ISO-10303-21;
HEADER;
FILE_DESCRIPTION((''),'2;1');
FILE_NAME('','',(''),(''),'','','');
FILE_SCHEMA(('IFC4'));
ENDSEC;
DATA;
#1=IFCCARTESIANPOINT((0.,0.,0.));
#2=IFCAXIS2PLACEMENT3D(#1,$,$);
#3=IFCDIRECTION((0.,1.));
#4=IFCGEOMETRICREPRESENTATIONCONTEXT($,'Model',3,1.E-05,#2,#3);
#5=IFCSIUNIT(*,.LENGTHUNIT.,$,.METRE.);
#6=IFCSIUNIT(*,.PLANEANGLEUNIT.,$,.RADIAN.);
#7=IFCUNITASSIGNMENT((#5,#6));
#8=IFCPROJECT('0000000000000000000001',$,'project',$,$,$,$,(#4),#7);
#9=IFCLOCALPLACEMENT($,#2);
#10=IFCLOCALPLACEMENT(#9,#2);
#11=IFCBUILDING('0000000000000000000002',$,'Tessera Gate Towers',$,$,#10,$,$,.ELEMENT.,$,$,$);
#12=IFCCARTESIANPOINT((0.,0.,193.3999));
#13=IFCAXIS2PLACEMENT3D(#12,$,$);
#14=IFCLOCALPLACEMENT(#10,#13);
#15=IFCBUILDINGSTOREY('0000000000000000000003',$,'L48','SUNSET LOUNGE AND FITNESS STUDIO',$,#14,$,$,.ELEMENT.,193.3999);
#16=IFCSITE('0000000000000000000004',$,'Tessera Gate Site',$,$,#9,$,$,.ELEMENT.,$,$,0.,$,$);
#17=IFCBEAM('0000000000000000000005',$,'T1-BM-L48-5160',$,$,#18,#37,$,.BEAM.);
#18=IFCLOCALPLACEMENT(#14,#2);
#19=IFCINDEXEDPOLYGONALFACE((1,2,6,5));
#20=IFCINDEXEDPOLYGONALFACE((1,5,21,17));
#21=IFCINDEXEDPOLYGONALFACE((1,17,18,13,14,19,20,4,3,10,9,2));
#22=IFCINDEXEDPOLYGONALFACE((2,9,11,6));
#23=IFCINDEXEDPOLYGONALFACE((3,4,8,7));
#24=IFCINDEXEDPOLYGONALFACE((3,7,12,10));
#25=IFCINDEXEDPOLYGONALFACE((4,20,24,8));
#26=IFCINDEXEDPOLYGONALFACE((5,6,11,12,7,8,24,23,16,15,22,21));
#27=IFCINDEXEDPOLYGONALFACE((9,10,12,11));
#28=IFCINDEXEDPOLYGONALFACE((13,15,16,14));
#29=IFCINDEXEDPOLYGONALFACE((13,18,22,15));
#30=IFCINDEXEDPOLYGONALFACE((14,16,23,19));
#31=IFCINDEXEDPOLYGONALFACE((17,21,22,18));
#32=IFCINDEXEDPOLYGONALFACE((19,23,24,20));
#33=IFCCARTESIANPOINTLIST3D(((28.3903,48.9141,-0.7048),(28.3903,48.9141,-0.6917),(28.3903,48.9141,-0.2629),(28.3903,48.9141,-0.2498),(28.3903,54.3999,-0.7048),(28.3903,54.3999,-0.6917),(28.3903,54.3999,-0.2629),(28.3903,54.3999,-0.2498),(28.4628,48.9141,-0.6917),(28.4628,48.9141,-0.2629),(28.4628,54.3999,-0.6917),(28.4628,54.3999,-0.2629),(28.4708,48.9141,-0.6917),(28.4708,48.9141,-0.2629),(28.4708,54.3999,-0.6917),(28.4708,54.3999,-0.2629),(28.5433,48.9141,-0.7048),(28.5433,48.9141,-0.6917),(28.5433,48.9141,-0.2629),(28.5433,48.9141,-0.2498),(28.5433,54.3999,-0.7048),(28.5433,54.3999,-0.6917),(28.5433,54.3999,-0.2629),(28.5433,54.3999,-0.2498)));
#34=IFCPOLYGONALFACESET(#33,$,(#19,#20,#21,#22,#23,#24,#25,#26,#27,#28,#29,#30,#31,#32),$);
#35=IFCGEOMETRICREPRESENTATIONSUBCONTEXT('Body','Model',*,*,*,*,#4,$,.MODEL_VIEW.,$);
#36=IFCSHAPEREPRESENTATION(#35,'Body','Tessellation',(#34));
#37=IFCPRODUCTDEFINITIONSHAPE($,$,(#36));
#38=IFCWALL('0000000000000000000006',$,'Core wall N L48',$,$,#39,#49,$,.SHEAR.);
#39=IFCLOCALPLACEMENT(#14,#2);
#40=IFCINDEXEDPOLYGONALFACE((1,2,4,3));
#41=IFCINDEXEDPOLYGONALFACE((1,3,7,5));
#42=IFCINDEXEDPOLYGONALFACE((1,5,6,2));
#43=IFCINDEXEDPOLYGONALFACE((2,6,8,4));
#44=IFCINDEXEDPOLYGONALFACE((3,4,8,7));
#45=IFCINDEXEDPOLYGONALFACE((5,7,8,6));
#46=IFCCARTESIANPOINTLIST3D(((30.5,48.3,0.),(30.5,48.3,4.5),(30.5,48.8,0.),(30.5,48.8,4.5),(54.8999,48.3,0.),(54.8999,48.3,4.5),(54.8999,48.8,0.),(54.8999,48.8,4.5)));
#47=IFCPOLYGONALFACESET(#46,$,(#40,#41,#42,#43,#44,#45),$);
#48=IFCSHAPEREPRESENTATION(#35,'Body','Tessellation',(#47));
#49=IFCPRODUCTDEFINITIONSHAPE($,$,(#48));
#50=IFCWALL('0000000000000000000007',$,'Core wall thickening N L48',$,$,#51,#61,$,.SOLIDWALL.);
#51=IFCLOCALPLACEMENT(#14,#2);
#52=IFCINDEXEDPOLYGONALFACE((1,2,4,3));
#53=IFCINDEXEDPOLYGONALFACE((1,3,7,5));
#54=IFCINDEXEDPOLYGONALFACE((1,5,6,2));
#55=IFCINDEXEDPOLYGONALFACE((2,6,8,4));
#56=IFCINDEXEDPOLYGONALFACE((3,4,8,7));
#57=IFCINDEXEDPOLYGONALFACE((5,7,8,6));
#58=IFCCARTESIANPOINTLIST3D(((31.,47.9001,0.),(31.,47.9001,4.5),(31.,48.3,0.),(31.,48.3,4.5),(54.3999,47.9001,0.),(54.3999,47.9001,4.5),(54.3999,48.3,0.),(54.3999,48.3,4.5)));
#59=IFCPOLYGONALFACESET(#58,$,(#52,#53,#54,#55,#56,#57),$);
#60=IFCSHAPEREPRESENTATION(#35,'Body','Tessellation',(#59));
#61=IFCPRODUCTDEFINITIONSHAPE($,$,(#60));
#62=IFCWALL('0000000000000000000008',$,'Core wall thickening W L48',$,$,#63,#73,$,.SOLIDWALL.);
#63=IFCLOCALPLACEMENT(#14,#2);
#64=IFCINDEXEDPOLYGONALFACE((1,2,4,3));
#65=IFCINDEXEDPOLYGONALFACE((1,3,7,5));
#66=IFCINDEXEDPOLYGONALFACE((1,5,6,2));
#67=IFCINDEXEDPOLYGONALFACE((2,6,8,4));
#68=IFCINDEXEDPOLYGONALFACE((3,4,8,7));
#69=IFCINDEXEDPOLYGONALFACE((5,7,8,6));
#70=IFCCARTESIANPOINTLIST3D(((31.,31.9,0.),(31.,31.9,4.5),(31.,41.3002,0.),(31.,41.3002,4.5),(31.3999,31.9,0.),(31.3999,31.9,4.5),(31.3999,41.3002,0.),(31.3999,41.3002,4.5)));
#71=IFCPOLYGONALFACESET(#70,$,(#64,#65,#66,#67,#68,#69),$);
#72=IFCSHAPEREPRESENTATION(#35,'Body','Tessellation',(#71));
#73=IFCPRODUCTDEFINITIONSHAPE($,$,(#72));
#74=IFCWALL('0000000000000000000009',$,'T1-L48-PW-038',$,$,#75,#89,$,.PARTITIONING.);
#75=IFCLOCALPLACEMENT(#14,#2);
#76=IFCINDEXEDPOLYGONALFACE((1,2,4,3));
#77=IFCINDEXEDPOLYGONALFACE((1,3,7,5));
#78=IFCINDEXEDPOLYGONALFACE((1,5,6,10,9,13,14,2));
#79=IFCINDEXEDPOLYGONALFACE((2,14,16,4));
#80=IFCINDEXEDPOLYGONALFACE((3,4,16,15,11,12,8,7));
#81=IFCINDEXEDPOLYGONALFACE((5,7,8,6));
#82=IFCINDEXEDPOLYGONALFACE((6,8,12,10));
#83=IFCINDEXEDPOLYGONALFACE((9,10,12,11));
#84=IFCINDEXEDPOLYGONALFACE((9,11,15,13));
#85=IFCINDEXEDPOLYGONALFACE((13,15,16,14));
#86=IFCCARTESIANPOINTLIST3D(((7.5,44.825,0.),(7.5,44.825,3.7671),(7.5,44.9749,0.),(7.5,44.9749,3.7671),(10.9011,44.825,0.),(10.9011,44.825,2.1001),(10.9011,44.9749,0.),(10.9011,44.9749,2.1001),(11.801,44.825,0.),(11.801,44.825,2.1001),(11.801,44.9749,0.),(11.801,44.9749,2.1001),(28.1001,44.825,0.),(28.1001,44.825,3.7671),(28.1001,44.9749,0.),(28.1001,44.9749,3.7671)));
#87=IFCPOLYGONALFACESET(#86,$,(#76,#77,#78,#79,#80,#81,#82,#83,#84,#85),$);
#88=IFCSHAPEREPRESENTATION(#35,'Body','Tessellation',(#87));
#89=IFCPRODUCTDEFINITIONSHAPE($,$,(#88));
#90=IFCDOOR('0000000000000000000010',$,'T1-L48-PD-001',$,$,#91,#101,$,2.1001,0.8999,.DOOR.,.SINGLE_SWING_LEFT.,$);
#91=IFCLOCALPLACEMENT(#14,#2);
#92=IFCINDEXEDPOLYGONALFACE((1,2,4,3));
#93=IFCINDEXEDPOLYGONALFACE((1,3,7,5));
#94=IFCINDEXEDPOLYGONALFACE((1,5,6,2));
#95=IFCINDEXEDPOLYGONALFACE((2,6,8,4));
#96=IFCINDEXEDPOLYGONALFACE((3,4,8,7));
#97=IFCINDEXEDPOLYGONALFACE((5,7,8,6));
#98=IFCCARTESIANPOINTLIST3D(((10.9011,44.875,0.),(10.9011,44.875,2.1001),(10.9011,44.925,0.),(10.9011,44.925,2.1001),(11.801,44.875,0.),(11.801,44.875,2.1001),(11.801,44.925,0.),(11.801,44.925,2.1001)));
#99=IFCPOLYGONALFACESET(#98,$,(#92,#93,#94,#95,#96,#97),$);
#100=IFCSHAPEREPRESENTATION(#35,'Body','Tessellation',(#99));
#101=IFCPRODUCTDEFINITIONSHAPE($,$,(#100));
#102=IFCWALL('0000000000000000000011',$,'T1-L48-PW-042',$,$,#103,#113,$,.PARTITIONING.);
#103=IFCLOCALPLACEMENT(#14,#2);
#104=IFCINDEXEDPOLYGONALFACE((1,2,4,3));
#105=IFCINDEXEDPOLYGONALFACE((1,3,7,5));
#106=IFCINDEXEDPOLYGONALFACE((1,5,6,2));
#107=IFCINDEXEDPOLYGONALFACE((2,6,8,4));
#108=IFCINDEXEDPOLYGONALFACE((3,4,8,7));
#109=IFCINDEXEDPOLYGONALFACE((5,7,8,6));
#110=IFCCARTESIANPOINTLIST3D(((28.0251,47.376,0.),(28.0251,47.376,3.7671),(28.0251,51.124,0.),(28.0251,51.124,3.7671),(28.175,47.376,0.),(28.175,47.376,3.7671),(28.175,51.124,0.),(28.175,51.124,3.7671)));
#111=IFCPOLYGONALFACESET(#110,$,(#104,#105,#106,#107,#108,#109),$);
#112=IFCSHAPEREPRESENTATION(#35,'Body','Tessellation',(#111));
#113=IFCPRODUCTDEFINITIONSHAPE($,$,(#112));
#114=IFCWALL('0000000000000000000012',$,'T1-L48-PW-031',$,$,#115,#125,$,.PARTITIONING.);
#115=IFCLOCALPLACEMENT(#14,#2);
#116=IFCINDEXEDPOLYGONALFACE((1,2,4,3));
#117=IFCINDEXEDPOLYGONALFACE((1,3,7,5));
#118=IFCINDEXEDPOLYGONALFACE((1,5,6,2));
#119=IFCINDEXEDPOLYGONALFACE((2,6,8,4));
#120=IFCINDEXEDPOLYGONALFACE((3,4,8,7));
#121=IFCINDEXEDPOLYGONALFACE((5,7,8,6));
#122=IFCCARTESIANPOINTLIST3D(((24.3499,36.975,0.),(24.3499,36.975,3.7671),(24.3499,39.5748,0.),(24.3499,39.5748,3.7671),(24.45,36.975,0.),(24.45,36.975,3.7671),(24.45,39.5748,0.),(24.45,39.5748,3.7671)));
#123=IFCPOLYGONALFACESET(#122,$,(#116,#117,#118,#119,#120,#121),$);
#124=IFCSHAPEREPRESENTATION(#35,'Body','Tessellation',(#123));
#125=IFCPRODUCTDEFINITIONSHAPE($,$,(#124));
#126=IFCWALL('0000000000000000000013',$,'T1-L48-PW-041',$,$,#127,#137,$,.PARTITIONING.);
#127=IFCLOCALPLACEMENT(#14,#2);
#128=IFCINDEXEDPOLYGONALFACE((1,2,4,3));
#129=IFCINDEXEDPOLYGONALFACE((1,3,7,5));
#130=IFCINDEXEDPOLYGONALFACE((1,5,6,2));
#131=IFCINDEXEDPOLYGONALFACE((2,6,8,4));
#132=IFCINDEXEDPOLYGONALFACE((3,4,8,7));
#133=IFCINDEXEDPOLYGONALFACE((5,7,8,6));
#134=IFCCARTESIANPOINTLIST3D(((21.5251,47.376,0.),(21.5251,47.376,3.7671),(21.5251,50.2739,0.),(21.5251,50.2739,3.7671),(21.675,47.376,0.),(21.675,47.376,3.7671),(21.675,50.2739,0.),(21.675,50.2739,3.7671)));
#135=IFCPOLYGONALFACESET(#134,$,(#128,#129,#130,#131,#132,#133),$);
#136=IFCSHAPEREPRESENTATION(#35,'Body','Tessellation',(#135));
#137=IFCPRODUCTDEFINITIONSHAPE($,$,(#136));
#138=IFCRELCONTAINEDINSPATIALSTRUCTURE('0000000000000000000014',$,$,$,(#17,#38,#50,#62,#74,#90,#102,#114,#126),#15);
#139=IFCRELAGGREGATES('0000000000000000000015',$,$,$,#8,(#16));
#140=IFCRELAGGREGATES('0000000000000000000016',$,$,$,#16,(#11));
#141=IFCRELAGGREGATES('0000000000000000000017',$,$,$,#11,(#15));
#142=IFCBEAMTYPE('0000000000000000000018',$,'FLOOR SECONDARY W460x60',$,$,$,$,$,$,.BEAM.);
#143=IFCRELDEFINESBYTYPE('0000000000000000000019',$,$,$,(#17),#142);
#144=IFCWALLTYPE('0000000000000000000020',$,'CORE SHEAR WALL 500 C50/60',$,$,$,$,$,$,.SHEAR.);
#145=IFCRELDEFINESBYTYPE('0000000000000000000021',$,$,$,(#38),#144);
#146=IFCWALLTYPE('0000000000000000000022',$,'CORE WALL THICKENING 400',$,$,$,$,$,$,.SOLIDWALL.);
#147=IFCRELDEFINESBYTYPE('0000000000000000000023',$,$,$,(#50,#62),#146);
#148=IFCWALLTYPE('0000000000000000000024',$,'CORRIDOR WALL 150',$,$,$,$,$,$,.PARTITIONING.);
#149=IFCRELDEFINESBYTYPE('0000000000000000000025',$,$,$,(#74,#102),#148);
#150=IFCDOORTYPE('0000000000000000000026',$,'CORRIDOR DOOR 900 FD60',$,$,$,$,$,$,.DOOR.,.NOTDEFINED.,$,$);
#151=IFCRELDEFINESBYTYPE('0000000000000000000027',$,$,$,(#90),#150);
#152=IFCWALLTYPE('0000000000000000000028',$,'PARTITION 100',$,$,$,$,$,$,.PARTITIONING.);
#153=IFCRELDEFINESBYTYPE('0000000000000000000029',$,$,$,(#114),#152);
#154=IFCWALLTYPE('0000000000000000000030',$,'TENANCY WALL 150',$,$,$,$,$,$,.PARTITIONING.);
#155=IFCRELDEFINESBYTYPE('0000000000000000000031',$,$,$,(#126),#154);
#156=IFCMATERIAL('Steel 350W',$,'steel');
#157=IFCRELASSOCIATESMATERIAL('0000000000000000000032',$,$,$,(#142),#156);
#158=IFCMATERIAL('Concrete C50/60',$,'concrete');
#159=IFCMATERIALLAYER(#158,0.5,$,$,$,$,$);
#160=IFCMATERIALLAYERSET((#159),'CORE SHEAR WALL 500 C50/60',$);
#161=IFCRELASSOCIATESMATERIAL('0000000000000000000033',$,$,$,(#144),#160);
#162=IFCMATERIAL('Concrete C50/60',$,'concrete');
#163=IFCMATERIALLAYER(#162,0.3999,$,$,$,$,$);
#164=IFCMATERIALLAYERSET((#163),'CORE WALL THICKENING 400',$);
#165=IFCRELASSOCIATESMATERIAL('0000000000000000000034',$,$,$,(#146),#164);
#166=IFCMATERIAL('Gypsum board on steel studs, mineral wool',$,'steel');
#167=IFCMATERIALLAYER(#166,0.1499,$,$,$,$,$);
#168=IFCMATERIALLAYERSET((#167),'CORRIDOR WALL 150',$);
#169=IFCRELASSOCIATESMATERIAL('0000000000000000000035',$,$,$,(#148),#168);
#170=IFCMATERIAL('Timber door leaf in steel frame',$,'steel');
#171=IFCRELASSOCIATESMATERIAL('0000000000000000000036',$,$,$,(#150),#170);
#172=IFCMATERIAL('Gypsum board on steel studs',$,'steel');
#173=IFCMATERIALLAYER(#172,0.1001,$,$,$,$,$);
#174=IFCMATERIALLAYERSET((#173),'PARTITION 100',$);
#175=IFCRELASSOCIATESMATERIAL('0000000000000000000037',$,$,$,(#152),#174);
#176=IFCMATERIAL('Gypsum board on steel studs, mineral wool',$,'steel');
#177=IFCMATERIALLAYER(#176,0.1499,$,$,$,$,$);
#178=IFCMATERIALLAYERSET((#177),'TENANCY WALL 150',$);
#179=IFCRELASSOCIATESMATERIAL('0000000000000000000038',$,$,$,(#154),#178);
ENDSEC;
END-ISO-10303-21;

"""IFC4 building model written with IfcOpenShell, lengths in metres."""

from ifc_helpers import new_model, si_unit, direction, frame, frame_2d, origin, origin_2d, place, context, subcontext, project, spatial, rectangle, i_section, extrude, source, transform, mapped, material, layer, layer_set, material_profile, profile_set, type_object, element, fill, save


model = new_model("IFC4")

# Units and contexts
model_context = context("Model", 3, precision=1e-05, world=origin(), true_north=direction((0.0, 1.0)))
body_context = subcontext(model_context, "Body", "Model", "MODEL_VIEW")
ifc_project = project(units=[si_unit("LENGTHUNIT", "METRE"), si_unit("PLANEANGLEUNIT", "RADIAN")], contexts=[model_context])

# Site, building, storey
site_placement = place(None, origin())
site = spatial("IfcSite", under=ifc_project, at=site_placement, Name="Tessera Gate Site", CompositionType="ELEMENT", RefElevation=0.0)
building_placement = place(site_placement, origin())
building = spatial("IfcBuilding", under=site, at=building_placement, Name="Tessera Gate Towers", CompositionType="ELEMENT")
storey_placement = place(building_placement, frame((0.0, 0.0, 193.3999)))
storey = spatial("IfcBuildingStorey", under=building, at=storey_placement, Name="L48", Description="SUNSET LOUNGE AND FITNESS STUDIO", CompositionType="ELEMENT", Elevation=193.3999)

# Beam
ifc_material_1 = material(Name="Steel 350W", Category="steel")
ifc_material_profile_1 = material_profile(ifc_material_1, i_section(OverallWidth=0.1531, OverallDepth=0.4551, WebThickness=0.0081, FlangeThickness=0.0132, at=origin_2d()), Name="W460x60")
ifc_profile_set_1 = profile_set([ifc_material_profile_1], Name="Steel 350W")
beam_type_1 = type_object("IfcBeamType", Name="FLOOR SECONDARY W460x60", PredefinedType="BEAM", material=ifc_profile_set_1)
beam_1_placement = place(storey_placement, frame((28.4668, 48.9141, -0.4773), z_axis=(0.0, 1.0, 0.0), x_axis=(-1.0, 0.0, 0.0)))
element("IfcBeam", 1, at=beam_1_placement, inside=storey, type_object=beam_type_1, Name="T1-BM-L48-5160", PredefinedType="BEAM", context=body_context, shape_type="SweptSolid", body=[
    extrude(i_section(OverallWidth=0.1531, OverallDepth=0.4551, WebThickness=0.0081, FlangeThickness=0.0132, at=origin_2d()), origin(), (0.0, 0.0, 1.0), 5.4858),
])

# Walls
ifc_material_2 = material(Name="Concrete C50/60", Category="concrete")
ifc_layer_1 = layer(ifc_material_2, 0.5)
ifc_layer_set_1 = layer_set([ifc_layer_1], Name="CORE SHEAR WALL 500 C50/60")
wall_type_1 = type_object("IfcWallType", Name="CORE SHEAR WALL 500 C50/60", PredefinedType="SHEAR", material=ifc_layer_set_1)
wall_1_placement = place(storey_placement, frame((30.5, 48.55, 0.0), z_axis=(0.0, 0.0, 1.0), x_axis=(1.0, 0.0, 0.0)))
element("IfcWall", 2, at=wall_1_placement, inside=storey, type_object=wall_type_1, Name="Core wall N L48", PredefinedType="SHEAR", context=body_context, shape_type="SweptSolid", body=[
    extrude(rectangle(XDim=24.3999, YDim=0.5, at=frame_2d((12.2, 0.0))), origin(), (0.0, 0.0, 1.0), 4.5),
])
ifc_material_3 = material(Name="Concrete C50/60", Category="concrete")
ifc_layer_2 = layer(ifc_material_3, 0.3999)
ifc_layer_set_2 = layer_set([ifc_layer_2], Name="CORE WALL THICKENING 400")
wall_type_2 = type_object("IfcWallType", Name="CORE WALL THICKENING 400", PredefinedType="SOLIDWALL", material=ifc_layer_set_2)
wall_2_placement = place(storey_placement, frame((31.0, 48.1001, 0.0), z_axis=(0.0, 0.0, 1.0), x_axis=(1.0, 0.0, 0.0)))
element("IfcWall", 3, at=wall_2_placement, inside=storey, type_object=wall_type_2, Name="Core wall thickening N L48", PredefinedType="SOLIDWALL", context=body_context, shape_type="SweptSolid", body=[
    extrude(rectangle(XDim=23.3999, YDim=0.3999, at=frame_2d((11.7, 0.0))), origin(), (0.0, 0.0, 1.0), 4.5),
])
wall_3_placement = place(storey_placement, frame((31.2, 31.8999, 0.0), z_axis=(0.0, 0.0, 1.0), x_axis=(0.0, 1.0, 0.0)))
element("IfcWall", 4, at=wall_3_placement, inside=storey, type_object=wall_type_2, Name="Core wall thickening W L48", PredefinedType="SOLIDWALL", context=body_context, shape_type="SweptSolid", body=[
    extrude(rectangle(XDim=9.4001, YDim=0.3999, at=frame_2d((4.7002, 0.0))), origin(), (0.0, 0.0, 1.0), 4.5),
])

# Wall, opening, door
ifc_material_4 = material(Name="Gypsum board on steel studs, mineral wool", Category="steel")
ifc_layer_3 = layer(ifc_material_4, 0.1499)
ifc_layer_set_3 = layer_set([ifc_layer_3], Name="CORRIDOR WALL 150")
wall_type_3 = type_object("IfcWallType", Name="CORRIDOR WALL 150", PredefinedType="PARTITIONING", material=ifc_layer_set_3)
wall_4_placement = place(storey_placement, frame((28.1001, 44.8999, 0.0), z_axis=(0.0, 0.0, 1.0), x_axis=(-1.0, 0.0, 0.0)))
wall_4 = element("IfcWall", 5, at=wall_4_placement, inside=storey, type_object=wall_type_3, Name="T1-L48-PW-038", PredefinedType="PARTITIONING", context=body_context, shape_type="SweptSolid", body=[
    extrude(rectangle(XDim=20.6001, YDim=0.1499, at=frame_2d((10.3, 0.0))), origin(), (0.0, 0.0, 1.0), 3.7671),
])
shared_shape_1 = source(origin(), body_context, "Body", "SweptSolid", [
    extrude(rectangle(XDim=0.8999, YDim=2.1001, at=frame_2d((0.45, 1.05))), frame((0.0, 0.085, 0.0), z_axis=(0.0, -1.0, 0.0), x_axis=(1.0, 0.0, 0.0)), (0.0, 0.0, 1.0), 0.1699),
])
opening_placement = place(wall_4_placement, frame((16.2991, 0.0, 0.0)))
opening = element("IfcOpeningElement", 6, at=opening_placement, cuts=wall_4, PredefinedType="OPENING", context=body_context, shape_type="MappedRepresentation", body=[
    mapped(shared_shape_1, transform((0.0, 0.0, 0.0), scale=1.0)),
])
ifc_material_5 = material(Name="Timber door leaf in steel frame", Category="steel")
door_type = type_object("IfcDoorType", Name="CORRIDOR DOOR 900 FD60", OperationType="NOTDEFINED", PredefinedType="DOOR", material=ifc_material_5)
shared_shape_2 = source(origin(), body_context, "Body", "SweptSolid", [
    extrude(rectangle(XDim=0.8999, YDim=2.1001, at=frame_2d((0.45, 1.05))), frame((0.0, 0.0249, 0.0), z_axis=(0.0, -1.0, 0.0), x_axis=(1.0, 0.0, 0.0)), (0.0, 0.0, 1.0), 0.05),
])
door_placement = place(opening_placement, origin())
door = element("IfcDoor", 7, at=door_placement, inside=storey, type_object=door_type, Name="T1-L48-PD-001", OperationType="SINGLE_SWING_LEFT", OverallHeight=2.1001, OverallWidth=0.8999, PredefinedType="DOOR", context=body_context, shape_type="MappedRepresentation", body=[
    mapped(shared_shape_2, transform((0.0, 0.0, 0.0), scale=1.0)),
])
fill(opening, door)

# Walls
wall_5_placement = place(storey_placement, frame((28.1001, 47.376, 0.0), z_axis=(0.0, 0.0, 1.0), x_axis=(0.0, 1.0, 0.0)))
element("IfcWall", 8, at=wall_5_placement, inside=storey, type_object=wall_type_3, Name="T1-L48-PW-042", PredefinedType="PARTITIONING", context=body_context, shape_type="SweptSolid", body=[
    extrude(rectangle(XDim=3.748, YDim=0.1499, at=frame_2d((1.874, 0.0))), origin(), (0.0, 0.0, 1.0), 3.7671),
])
ifc_material_6 = material(Name="Gypsum board on steel studs", Category="steel")
ifc_layer_4 = layer(ifc_material_6, 0.1001)
ifc_layer_set_4 = layer_set([ifc_layer_4], Name="PARTITION 100")
wall_type_4 = type_object("IfcWallType", Name="PARTITION 100", PredefinedType="PARTITIONING", material=ifc_layer_set_4)
wall_6_placement = place(storey_placement, frame((24.3999, 36.9751, 0.0), z_axis=(0.0, 0.0, 1.0), x_axis=(0.0, 1.0, 0.0)))
element("IfcWall", 9, at=wall_6_placement, inside=storey, type_object=wall_type_4, Name="T1-L48-PW-031", PredefinedType="PARTITIONING", context=body_context, shape_type="SweptSolid", body=[
    extrude(rectangle(XDim=2.5999, YDim=0.1001, at=frame_2d((1.2998, 0.0))), origin(), (0.0, 0.0, 1.0), 3.7671),
])
ifc_material_7 = material(Name="Gypsum board on steel studs, mineral wool", Category="steel")
ifc_layer_5 = layer(ifc_material_7, 0.1499)
ifc_layer_set_5 = layer_set([ifc_layer_5], Name="TENANCY WALL 150")
wall_type_5 = type_object("IfcWallType", Name="TENANCY WALL 150", PredefinedType="PARTITIONING", material=ifc_layer_set_5)
wall_7_placement = place(storey_placement, frame((21.6001, 47.376, 0.0), z_axis=(0.0, 0.0, 1.0), x_axis=(0.0, 1.0, 0.0)))
element("IfcWall", 10, at=wall_7_placement, inside=storey, type_object=wall_type_5, Name="T1-L48-PW-041", PredefinedType="PARTITIONING", context=body_context, shape_type="SweptSolid", body=[
    extrude(rectangle(XDim=2.8979, YDim=0.1499, at=frame_2d((1.449, 0.0))), origin(), (0.0, 0.0, 1.0), 3.7671),
])

save(model, "model.ifc")
